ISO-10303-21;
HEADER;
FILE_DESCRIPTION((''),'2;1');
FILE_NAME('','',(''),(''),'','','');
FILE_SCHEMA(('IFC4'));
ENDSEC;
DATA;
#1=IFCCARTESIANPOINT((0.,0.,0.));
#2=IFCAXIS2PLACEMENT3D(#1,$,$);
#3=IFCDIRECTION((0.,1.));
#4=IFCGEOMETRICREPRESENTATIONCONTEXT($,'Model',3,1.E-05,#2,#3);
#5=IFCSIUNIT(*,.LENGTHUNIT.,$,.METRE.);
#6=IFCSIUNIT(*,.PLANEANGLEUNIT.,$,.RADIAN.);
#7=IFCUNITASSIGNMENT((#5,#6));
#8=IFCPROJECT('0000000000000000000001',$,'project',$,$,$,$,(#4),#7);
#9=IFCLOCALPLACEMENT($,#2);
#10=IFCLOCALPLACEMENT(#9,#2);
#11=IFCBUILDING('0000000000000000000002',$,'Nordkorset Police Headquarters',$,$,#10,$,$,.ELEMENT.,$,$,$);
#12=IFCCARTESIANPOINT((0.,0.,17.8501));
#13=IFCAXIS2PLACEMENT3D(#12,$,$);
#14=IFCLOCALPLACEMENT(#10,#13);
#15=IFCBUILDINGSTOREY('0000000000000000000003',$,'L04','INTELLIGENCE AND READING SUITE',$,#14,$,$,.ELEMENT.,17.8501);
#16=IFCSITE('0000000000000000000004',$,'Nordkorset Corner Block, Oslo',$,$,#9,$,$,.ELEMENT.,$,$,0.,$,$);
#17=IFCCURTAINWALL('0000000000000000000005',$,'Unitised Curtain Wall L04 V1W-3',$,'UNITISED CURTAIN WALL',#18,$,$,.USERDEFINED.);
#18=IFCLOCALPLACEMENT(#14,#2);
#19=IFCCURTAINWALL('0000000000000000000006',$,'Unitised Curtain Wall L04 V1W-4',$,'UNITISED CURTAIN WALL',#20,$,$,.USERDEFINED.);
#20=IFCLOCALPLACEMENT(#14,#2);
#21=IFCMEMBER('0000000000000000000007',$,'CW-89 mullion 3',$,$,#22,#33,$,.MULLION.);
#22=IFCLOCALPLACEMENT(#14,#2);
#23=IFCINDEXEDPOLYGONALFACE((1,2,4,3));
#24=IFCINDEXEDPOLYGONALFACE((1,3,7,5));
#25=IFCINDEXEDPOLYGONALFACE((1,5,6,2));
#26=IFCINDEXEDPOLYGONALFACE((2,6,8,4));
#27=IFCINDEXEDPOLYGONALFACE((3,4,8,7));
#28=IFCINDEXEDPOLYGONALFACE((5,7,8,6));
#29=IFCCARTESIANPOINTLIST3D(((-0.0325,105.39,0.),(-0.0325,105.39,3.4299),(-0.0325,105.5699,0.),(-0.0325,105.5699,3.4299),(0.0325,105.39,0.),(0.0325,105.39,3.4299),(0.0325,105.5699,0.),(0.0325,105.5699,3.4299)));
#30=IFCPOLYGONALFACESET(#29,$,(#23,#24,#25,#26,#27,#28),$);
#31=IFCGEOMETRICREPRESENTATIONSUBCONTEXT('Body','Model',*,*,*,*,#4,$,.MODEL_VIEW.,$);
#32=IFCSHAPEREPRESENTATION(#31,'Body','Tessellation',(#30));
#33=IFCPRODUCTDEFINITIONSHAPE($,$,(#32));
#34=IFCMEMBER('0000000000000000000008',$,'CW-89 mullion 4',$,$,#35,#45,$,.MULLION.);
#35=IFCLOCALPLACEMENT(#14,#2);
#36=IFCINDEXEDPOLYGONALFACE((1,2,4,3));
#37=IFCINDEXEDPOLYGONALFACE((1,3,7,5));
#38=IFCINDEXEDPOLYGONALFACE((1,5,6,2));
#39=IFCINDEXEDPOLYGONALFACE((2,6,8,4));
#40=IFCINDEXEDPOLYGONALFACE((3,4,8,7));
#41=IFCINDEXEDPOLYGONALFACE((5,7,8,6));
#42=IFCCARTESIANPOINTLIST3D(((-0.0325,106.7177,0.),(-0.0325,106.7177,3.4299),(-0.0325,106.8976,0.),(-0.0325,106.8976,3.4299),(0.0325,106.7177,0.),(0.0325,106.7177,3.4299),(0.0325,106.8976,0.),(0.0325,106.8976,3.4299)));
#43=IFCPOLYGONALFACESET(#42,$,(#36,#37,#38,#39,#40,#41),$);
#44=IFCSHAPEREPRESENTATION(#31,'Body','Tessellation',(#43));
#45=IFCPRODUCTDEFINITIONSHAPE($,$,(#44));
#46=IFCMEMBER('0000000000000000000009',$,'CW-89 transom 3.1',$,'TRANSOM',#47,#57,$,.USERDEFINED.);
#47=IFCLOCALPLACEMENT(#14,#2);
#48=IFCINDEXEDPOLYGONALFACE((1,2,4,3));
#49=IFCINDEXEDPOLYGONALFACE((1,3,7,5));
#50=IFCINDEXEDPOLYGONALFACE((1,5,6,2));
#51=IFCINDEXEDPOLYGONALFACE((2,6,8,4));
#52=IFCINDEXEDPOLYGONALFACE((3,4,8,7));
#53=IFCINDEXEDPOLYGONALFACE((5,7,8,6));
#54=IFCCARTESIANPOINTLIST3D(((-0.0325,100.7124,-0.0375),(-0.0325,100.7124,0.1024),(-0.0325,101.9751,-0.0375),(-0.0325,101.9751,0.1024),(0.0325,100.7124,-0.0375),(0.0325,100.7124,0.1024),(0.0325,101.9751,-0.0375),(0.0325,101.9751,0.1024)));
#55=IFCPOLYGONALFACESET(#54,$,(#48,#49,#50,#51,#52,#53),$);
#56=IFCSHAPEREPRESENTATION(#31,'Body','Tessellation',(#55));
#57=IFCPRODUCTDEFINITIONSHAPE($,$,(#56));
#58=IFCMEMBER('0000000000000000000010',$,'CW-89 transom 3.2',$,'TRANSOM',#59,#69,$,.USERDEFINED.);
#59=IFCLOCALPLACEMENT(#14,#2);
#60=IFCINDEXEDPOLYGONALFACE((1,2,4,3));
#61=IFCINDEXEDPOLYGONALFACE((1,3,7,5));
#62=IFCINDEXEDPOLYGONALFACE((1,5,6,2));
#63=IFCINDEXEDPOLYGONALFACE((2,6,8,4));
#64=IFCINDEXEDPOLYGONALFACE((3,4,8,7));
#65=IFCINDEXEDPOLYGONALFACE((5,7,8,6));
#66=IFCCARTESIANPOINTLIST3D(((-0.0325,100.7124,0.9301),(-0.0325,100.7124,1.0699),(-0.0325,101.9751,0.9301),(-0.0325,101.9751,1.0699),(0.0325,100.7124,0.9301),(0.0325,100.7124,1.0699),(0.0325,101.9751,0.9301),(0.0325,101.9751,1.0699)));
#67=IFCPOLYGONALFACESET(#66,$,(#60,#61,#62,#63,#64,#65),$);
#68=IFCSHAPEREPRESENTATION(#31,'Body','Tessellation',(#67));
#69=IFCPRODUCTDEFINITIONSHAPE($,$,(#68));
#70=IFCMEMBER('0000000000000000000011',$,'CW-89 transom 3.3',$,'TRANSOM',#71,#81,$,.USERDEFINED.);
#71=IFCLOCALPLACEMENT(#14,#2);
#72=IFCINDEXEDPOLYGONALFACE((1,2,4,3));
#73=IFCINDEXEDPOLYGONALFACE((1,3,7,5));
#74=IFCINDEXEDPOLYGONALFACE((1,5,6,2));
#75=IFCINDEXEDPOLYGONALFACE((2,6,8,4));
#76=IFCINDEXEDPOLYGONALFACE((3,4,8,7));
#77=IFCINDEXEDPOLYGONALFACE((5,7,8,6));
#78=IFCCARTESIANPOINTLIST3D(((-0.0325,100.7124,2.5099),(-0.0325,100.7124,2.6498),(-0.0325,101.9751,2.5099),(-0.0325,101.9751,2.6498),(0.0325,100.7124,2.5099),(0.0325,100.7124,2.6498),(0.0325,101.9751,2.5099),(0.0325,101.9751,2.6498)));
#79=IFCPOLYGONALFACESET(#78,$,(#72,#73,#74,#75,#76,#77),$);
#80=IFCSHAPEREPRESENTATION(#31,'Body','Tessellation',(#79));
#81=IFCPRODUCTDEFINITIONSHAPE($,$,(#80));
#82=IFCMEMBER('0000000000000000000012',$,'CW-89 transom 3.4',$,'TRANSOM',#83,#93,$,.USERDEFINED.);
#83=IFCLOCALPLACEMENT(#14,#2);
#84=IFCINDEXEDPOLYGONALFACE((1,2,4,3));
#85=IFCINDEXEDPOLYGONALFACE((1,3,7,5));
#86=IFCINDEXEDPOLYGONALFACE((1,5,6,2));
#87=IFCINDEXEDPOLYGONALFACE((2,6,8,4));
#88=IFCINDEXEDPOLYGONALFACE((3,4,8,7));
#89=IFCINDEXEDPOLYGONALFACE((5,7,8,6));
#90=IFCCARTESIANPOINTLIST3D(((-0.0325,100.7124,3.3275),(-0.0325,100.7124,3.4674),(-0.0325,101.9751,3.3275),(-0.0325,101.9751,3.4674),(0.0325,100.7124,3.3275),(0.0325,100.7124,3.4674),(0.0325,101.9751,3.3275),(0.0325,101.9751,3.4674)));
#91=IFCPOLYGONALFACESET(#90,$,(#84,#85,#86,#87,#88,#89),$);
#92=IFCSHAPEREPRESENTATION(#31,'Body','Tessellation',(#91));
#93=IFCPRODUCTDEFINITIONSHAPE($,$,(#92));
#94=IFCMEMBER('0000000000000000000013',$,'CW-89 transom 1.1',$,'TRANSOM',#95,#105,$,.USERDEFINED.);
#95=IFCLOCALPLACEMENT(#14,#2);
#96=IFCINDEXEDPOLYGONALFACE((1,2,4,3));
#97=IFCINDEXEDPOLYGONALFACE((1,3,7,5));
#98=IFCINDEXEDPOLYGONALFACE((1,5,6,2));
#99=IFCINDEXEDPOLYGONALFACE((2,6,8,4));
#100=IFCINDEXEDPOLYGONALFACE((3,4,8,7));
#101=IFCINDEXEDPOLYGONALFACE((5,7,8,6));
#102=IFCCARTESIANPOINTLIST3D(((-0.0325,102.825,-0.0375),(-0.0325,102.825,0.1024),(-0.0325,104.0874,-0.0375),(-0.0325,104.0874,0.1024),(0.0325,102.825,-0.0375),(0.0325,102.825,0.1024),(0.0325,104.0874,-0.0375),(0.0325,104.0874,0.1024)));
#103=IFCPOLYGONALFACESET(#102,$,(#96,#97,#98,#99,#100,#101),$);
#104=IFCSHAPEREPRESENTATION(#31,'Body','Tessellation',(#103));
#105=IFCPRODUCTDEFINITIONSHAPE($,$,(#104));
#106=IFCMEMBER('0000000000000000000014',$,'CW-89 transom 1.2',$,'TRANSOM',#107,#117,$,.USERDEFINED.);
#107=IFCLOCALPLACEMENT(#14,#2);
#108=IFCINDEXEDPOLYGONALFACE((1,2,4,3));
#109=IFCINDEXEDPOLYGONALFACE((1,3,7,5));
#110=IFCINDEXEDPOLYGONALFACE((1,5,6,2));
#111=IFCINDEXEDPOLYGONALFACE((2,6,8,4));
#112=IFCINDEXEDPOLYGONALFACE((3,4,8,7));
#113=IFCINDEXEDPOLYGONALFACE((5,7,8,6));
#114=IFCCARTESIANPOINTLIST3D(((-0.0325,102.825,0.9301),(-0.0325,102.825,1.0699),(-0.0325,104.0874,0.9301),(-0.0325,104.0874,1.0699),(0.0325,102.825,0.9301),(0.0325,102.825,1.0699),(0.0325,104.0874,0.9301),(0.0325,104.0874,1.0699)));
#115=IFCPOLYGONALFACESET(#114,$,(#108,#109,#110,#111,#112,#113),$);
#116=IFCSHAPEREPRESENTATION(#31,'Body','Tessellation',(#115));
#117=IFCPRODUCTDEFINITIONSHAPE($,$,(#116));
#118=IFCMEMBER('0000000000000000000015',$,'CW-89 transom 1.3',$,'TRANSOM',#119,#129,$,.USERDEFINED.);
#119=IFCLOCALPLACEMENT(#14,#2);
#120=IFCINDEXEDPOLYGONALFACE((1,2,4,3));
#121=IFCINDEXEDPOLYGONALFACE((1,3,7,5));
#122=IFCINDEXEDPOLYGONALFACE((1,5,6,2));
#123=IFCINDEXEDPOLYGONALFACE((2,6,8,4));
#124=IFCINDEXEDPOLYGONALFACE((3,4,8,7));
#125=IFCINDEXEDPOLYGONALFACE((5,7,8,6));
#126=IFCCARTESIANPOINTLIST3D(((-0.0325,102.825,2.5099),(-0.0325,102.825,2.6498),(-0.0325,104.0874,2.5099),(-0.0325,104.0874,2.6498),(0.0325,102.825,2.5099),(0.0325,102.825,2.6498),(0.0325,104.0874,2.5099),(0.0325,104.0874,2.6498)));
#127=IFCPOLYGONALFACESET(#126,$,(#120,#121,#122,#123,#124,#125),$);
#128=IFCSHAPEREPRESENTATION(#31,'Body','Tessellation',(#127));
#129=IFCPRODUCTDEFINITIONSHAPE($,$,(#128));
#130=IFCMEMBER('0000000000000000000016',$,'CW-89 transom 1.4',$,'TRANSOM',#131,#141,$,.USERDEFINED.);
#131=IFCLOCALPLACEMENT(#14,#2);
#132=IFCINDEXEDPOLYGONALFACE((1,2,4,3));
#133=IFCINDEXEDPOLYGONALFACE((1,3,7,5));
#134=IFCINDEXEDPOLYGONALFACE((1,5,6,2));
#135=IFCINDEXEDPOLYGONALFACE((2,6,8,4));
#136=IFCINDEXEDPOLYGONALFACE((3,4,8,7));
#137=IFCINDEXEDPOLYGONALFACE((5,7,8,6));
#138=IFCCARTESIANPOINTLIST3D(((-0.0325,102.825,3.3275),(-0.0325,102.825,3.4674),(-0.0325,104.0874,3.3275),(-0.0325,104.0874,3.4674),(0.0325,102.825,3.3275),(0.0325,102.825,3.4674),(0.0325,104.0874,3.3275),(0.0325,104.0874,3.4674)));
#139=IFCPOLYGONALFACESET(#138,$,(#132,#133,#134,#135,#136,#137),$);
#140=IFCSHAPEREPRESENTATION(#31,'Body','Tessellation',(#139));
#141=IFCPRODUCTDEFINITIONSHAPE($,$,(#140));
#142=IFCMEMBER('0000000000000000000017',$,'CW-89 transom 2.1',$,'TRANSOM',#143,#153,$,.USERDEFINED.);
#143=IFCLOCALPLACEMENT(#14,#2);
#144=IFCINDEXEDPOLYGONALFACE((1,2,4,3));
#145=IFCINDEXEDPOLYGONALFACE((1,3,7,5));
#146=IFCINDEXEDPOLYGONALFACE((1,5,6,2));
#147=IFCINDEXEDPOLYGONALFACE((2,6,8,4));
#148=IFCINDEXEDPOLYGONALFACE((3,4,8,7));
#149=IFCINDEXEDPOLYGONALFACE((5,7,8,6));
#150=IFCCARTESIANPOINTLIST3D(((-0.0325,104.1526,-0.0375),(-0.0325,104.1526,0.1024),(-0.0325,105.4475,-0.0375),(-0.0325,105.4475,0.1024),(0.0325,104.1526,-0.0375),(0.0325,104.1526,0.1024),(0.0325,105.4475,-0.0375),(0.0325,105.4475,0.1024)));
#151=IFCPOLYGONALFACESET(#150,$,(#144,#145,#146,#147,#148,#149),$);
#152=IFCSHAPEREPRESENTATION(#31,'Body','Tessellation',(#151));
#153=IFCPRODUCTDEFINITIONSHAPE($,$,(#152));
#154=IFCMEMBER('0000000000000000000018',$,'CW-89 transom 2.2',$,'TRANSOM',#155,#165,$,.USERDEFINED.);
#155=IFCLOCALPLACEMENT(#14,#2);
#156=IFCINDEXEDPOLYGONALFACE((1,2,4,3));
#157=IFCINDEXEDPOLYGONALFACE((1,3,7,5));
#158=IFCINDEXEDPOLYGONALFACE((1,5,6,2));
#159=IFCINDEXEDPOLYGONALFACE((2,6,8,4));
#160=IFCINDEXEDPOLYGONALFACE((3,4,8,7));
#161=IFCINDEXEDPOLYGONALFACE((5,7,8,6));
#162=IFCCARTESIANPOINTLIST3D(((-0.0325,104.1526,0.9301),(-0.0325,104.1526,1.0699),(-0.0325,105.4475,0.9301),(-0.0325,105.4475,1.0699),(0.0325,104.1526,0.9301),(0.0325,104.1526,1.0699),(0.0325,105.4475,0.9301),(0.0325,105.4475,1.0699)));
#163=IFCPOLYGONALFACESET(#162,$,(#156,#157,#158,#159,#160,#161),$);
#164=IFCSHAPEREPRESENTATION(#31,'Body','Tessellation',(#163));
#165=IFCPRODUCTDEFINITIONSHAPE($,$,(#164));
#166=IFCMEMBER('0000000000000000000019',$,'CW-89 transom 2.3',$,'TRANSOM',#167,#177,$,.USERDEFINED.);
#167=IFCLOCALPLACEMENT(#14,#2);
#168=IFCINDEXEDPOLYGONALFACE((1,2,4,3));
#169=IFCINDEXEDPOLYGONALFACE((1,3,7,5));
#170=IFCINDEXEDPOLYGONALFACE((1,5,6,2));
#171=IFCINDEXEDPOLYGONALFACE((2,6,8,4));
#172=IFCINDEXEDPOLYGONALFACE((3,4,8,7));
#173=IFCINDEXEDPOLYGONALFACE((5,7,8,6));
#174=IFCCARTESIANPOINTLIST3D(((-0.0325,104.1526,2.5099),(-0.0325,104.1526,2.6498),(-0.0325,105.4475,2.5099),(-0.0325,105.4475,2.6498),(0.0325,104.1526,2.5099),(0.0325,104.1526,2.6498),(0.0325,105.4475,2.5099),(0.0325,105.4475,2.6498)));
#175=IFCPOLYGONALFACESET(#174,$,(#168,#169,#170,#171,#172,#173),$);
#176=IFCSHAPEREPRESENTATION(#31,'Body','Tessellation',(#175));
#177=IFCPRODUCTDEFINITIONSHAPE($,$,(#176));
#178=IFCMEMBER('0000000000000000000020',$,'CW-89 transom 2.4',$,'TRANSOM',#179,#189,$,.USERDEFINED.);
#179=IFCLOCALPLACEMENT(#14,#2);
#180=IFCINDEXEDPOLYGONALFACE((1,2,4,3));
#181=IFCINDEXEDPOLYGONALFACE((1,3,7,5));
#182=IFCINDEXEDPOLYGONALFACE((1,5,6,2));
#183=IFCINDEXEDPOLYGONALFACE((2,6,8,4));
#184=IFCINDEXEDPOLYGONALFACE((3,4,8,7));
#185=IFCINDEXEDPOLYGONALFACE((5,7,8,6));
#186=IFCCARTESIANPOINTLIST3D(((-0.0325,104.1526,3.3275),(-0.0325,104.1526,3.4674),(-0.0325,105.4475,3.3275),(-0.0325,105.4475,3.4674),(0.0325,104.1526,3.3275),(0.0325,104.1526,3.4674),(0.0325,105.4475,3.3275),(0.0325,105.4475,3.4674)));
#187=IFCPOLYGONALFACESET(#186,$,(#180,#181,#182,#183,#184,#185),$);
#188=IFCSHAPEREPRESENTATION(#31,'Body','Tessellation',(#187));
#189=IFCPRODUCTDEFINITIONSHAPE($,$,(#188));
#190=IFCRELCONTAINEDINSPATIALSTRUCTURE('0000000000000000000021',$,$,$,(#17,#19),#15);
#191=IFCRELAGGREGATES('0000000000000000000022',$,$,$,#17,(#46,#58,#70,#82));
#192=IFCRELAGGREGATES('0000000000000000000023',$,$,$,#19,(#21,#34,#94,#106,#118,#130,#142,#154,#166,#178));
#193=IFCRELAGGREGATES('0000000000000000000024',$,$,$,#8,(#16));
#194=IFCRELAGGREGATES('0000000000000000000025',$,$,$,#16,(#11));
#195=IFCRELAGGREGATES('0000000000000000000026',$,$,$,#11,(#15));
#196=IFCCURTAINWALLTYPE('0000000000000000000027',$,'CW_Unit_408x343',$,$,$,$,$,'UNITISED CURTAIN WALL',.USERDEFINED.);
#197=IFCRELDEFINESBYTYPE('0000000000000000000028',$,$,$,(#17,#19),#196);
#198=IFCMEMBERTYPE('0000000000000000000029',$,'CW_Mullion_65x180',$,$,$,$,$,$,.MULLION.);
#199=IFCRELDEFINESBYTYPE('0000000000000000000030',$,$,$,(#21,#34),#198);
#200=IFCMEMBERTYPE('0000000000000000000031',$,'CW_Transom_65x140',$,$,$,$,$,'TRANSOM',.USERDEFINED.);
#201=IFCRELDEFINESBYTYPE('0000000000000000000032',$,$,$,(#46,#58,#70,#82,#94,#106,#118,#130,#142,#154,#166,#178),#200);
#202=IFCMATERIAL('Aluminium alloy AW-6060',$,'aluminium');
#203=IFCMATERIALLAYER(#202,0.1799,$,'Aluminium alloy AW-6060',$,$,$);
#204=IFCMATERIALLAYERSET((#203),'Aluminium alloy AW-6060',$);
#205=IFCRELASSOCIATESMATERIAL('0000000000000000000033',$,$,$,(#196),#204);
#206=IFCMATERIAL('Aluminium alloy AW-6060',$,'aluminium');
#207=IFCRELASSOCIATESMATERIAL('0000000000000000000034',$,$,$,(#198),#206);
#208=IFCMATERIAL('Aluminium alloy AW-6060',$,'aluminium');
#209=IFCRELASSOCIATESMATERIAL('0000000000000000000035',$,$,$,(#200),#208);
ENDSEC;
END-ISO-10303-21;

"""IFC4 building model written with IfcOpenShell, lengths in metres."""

from ifc_helpers import new_model, si_unit, direction, frame, origin, origin_2d, place, context, subcontext, project, spatial, rectangle, extrude, material, layer, layer_set, material_profile, profile_set, type_object, element, aggregate, save


model = new_model("IFC4")

# Units and contexts
model_context = context("Model", 3, precision=1e-05, world=origin(), true_north=direction((0.0, 1.0)))
body_context = subcontext(model_context, "Body", "Model", "MODEL_VIEW")
ifc_project = project(units=[si_unit("LENGTHUNIT", "METRE"), si_unit("PLANEANGLEUNIT", "RADIAN")], contexts=[model_context])

# Site, building, storey
site_placement = place(None, origin())
site = spatial("IfcSite", under=ifc_project, at=site_placement, Name="Nordkorset Corner Block, Oslo", CompositionType="ELEMENT", RefElevation=0.0)
building_placement = place(site_placement, origin())
building = spatial("IfcBuilding", under=site, at=building_placement, Name="Nordkorset Police Headquarters", CompositionType="ELEMENT")
storey_placement = place(building_placement, frame((0.0, 0.0, 17.8501)))
storey = spatial("IfcBuildingStorey", under=building, at=storey_placement, Name="L04", Description="INTELLIGENCE AND READING SUITE", CompositionType="ELEMENT", Elevation=17.8501)

# Curtain walls, members
ifc_material_1 = material(Name="Aluminium alloy AW-6060", Category="aluminium")
ifc_layer_1 = layer(ifc_material_1, 0.1799, Name="Aluminium alloy AW-6060")
ifc_layer_set_1 = layer_set([ifc_layer_1], Name="Aluminium alloy AW-6060")
curtain_wall_type = type_object("IfcCurtainWallType", Name="CW_Unit_408x343", ElementType="UNITISED CURTAIN WALL", PredefinedType="USERDEFINED", material=ifc_layer_set_1)
curtain_wall_1_placement = place(storey_placement, origin())
curtain_wall_1 = element("IfcCurtainWall", 1, at=curtain_wall_1_placement, inside=storey, type_object=curtain_wall_type, Name="Unitised Curtain Wall L04 V1W-3", ObjectType="UNITISED CURTAIN WALL", PredefinedType="USERDEFINED")
ifc_material_2 = material(Name="Aluminium alloy AW-6060", Category="aluminium")
ifc_material_profile_1 = material_profile(ifc_material_2, rectangle(XDim=0.0649, YDim=0.1799, at=origin_2d()), Name="ALU MULL 65x180")
ifc_profile_set_1 = profile_set([ifc_material_profile_1], Name="Aluminium alloy AW-6060")
member_type_1 = type_object("IfcMemberType", Name="CW_Mullion_65x180", PredefinedType="MULLION", material=ifc_profile_set_1)
curtain_wall_2_placement = place(storey_placement, origin())
curtain_wall_2 = element("IfcCurtainWall", 2, at=curtain_wall_2_placement, inside=storey, type_object=curtain_wall_type, Name="Unitised Curtain Wall L04 V1W-4", ObjectType="UNITISED CURTAIN WALL", PredefinedType="USERDEFINED")
member_1_placement = place(storey_placement, frame((0.0, 105.48, 0.0), z_axis=(0.0, 0.0, 1.0), x_axis=(-1.0, 0.0, 0.0)))
member_1 = element("IfcMember", 3, at=member_1_placement, type_object=member_type_1, Name="CW-89 mullion 3", PredefinedType="MULLION", context=body_context, shape_type="SweptSolid", body=[
    extrude(rectangle(XDim=0.0649, YDim=0.1799, at=origin_2d()), origin(), (0.0, 0.0, 1.0), 3.4299),
])
member_2_placement = place(storey_placement, frame((0.0, 106.8076, 0.0), z_axis=(0.0, 0.0, 1.0), x_axis=(-1.0, 0.0, 0.0)))
member_2 = element("IfcMember", 4, at=member_2_placement, type_object=member_type_1, Name="CW-89 mullion 4", PredefinedType="MULLION", context=body_context, shape_type="SweptSolid", body=[
    extrude(rectangle(XDim=0.0649, YDim=0.1799, at=origin_2d()), origin(), (0.0, 0.0, 1.0), 3.4299),
])

# Members
ifc_material_3 = material(Name="Aluminium alloy AW-6060", Category="aluminium")
ifc_material_profile_2 = material_profile(ifc_material_3, rectangle(XDim=0.0649, YDim=0.1399, at=origin_2d()), Name="ALU TRAN 65x140")
ifc_profile_set_2 = profile_set([ifc_material_profile_2], Name="Aluminium alloy AW-6060")
member_type_2 = type_object("IfcMemberType", Name="CW_Transom_65x140", ElementType="TRANSOM", PredefinedType="USERDEFINED", material=ifc_profile_set_2)
member_3_placement = place(storey_placement, frame((0.0, 100.7124, 0.0325), z_axis=(0.0, 1.0, 0.0), x_axis=(-1.0, 0.0, 0.0)))
member_3 = element("IfcMember", 5, at=member_3_placement, type_object=member_type_2, Name="CW-89 transom 3.1", ObjectType="TRANSOM", PredefinedType="USERDEFINED", context=body_context, shape_type="SweptSolid", body=[
    extrude(rectangle(XDim=0.0649, YDim=0.1399, at=origin_2d()), origin(), (0.0, 0.0, 1.0), 1.2627),
])
member_4_placement = place(storey_placement, frame((0.0, 100.7124, 1.0), z_axis=(0.0, 1.0, 0.0), x_axis=(-1.0, 0.0, 0.0)))
member_4 = element("IfcMember", 6, at=member_4_placement, type_object=member_type_2, Name="CW-89 transom 3.2", ObjectType="TRANSOM", PredefinedType="USERDEFINED", context=body_context, shape_type="SweptSolid", body=[
    extrude(rectangle(XDim=0.0649, YDim=0.1399, at=origin_2d()), origin(), (0.0, 0.0, 1.0), 1.2627),
])
member_5_placement = place(storey_placement, frame((0.0, 100.7124, 2.5798), z_axis=(0.0, 1.0, 0.0), x_axis=(-1.0, 0.0, 0.0)))
member_5 = element("IfcMember", 7, at=member_5_placement, type_object=member_type_2, Name="CW-89 transom 3.3", ObjectType="TRANSOM", PredefinedType="USERDEFINED", context=body_context, shape_type="SweptSolid", body=[
    extrude(rectangle(XDim=0.0649, YDim=0.1399, at=origin_2d()), origin(), (0.0, 0.0, 1.0), 1.2627),
])
member_6_placement = place(storey_placement, frame((0.0, 100.7124, 3.3975), z_axis=(0.0, 1.0, 0.0), x_axis=(-1.0, 0.0, 0.0)))
member_6 = element("IfcMember", 8, at=member_6_placement, type_object=member_type_2, Name="CW-89 transom 3.4", ObjectType="TRANSOM", PredefinedType="USERDEFINED", context=body_context, shape_type="SweptSolid", body=[
    extrude(rectangle(XDim=0.0649, YDim=0.1399, at=origin_2d()), origin(), (0.0, 0.0, 1.0), 1.2627),
])
member_7_placement = place(storey_placement, frame((0.0, 102.825, 0.0325), z_axis=(0.0, 1.0, 0.0), x_axis=(-1.0, 0.0, 0.0)))
member_7 = element("IfcMember", 9, at=member_7_placement, type_object=member_type_2, Name="CW-89 transom 1.1", ObjectType="TRANSOM", PredefinedType="USERDEFINED", context=body_context, shape_type="SweptSolid", body=[
    extrude(rectangle(XDim=0.0649, YDim=0.1399, at=origin_2d()), origin(), (0.0, 0.0, 1.0), 1.2625),
])
member_8_placement = place(storey_placement, frame((0.0, 102.825, 1.0), z_axis=(0.0, 1.0, 0.0), x_axis=(-1.0, 0.0, 0.0)))
member_8 = element("IfcMember", 10, at=member_8_placement, type_object=member_type_2, Name="CW-89 transom 1.2", ObjectType="TRANSOM", PredefinedType="USERDEFINED", context=body_context, shape_type="SweptSolid", body=[
    extrude(rectangle(XDim=0.0649, YDim=0.1399, at=origin_2d()), origin(), (0.0, 0.0, 1.0), 1.2625),
])
member_9_placement = place(storey_placement, frame((0.0, 102.825, 2.5798), z_axis=(0.0, 1.0, 0.0), x_axis=(-1.0, 0.0, 0.0)))
member_9 = element("IfcMember", 11, at=member_9_placement, type_object=member_type_2, Name="CW-89 transom 1.3", ObjectType="TRANSOM", PredefinedType="USERDEFINED", context=body_context, shape_type="SweptSolid", body=[
    extrude(rectangle(XDim=0.0649, YDim=0.1399, at=origin_2d()), origin(), (0.0, 0.0, 1.0), 1.2625),
])
member_10_placement = place(storey_placement, frame((0.0, 102.825, 3.3975), z_axis=(0.0, 1.0, 0.0), x_axis=(-1.0, 0.0, 0.0)))
member_10 = element("IfcMember", 12, at=member_10_placement, type_object=member_type_2, Name="CW-89 transom 1.4", ObjectType="TRANSOM", PredefinedType="USERDEFINED", context=body_context, shape_type="SweptSolid", body=[
    extrude(rectangle(XDim=0.0649, YDim=0.1399, at=origin_2d()), origin(), (0.0, 0.0, 1.0), 1.2625),
])
member_11_placement = place(storey_placement, frame((0.0, 104.1526, 0.0325), z_axis=(0.0, 1.0, 0.0), x_axis=(-1.0, 0.0, 0.0)))
member_11 = element("IfcMember", 13, at=member_11_placement, type_object=member_type_2, Name="CW-89 transom 2.1", ObjectType="TRANSOM", PredefinedType="USERDEFINED", context=body_context, shape_type="SweptSolid", body=[
    extrude(rectangle(XDim=0.0649, YDim=0.1399, at=origin_2d()), origin(), (0.0, 0.0, 1.0), 1.2949),
])
member_12_placement = place(storey_placement, frame((0.0, 104.1526, 1.0), z_axis=(0.0, 1.0, 0.0), x_axis=(-1.0, 0.0, 0.0)))
member_12 = element("IfcMember", 14, at=member_12_placement, type_object=member_type_2, Name="CW-89 transom 2.2", ObjectType="TRANSOM", PredefinedType="USERDEFINED", context=body_context, shape_type="SweptSolid", body=[
    extrude(rectangle(XDim=0.0649, YDim=0.1399, at=origin_2d()), origin(), (0.0, 0.0, 1.0), 1.2949),
])
member_13_placement = place(storey_placement, frame((0.0, 104.1526, 2.5798), z_axis=(0.0, 1.0, 0.0), x_axis=(-1.0, 0.0, 0.0)))
member_13 = element("IfcMember", 15, at=member_13_placement, type_object=member_type_2, Name="CW-89 transom 2.3", ObjectType="TRANSOM", PredefinedType="USERDEFINED", context=body_context, shape_type="SweptSolid", body=[
    extrude(rectangle(XDim=0.0649, YDim=0.1399, at=origin_2d()), origin(), (0.0, 0.0, 1.0), 1.2949),
])
member_14_placement = place(storey_placement, frame((0.0, 104.1526, 3.3975), z_axis=(0.0, 1.0, 0.0), x_axis=(-1.0, 0.0, 0.0)))
member_14 = element("IfcMember", 16, at=member_14_placement, type_object=member_type_2, Name="CW-89 transom 2.4", ObjectType="TRANSOM", PredefinedType="USERDEFINED", context=body_context, shape_type="SweptSolid", body=[
    extrude(rectangle(XDim=0.0649, YDim=0.1399, at=origin_2d()), origin(), (0.0, 0.0, 1.0), 1.2949),
])

aggregate(curtain_wall_1, [member_3, member_4, member_5, member_6])
aggregate(curtain_wall_2, [member_1, member_2, member_7, member_8, member_9, member_10, member_11, member_12, member_13, member_14])

save(model, "model.ifc")
